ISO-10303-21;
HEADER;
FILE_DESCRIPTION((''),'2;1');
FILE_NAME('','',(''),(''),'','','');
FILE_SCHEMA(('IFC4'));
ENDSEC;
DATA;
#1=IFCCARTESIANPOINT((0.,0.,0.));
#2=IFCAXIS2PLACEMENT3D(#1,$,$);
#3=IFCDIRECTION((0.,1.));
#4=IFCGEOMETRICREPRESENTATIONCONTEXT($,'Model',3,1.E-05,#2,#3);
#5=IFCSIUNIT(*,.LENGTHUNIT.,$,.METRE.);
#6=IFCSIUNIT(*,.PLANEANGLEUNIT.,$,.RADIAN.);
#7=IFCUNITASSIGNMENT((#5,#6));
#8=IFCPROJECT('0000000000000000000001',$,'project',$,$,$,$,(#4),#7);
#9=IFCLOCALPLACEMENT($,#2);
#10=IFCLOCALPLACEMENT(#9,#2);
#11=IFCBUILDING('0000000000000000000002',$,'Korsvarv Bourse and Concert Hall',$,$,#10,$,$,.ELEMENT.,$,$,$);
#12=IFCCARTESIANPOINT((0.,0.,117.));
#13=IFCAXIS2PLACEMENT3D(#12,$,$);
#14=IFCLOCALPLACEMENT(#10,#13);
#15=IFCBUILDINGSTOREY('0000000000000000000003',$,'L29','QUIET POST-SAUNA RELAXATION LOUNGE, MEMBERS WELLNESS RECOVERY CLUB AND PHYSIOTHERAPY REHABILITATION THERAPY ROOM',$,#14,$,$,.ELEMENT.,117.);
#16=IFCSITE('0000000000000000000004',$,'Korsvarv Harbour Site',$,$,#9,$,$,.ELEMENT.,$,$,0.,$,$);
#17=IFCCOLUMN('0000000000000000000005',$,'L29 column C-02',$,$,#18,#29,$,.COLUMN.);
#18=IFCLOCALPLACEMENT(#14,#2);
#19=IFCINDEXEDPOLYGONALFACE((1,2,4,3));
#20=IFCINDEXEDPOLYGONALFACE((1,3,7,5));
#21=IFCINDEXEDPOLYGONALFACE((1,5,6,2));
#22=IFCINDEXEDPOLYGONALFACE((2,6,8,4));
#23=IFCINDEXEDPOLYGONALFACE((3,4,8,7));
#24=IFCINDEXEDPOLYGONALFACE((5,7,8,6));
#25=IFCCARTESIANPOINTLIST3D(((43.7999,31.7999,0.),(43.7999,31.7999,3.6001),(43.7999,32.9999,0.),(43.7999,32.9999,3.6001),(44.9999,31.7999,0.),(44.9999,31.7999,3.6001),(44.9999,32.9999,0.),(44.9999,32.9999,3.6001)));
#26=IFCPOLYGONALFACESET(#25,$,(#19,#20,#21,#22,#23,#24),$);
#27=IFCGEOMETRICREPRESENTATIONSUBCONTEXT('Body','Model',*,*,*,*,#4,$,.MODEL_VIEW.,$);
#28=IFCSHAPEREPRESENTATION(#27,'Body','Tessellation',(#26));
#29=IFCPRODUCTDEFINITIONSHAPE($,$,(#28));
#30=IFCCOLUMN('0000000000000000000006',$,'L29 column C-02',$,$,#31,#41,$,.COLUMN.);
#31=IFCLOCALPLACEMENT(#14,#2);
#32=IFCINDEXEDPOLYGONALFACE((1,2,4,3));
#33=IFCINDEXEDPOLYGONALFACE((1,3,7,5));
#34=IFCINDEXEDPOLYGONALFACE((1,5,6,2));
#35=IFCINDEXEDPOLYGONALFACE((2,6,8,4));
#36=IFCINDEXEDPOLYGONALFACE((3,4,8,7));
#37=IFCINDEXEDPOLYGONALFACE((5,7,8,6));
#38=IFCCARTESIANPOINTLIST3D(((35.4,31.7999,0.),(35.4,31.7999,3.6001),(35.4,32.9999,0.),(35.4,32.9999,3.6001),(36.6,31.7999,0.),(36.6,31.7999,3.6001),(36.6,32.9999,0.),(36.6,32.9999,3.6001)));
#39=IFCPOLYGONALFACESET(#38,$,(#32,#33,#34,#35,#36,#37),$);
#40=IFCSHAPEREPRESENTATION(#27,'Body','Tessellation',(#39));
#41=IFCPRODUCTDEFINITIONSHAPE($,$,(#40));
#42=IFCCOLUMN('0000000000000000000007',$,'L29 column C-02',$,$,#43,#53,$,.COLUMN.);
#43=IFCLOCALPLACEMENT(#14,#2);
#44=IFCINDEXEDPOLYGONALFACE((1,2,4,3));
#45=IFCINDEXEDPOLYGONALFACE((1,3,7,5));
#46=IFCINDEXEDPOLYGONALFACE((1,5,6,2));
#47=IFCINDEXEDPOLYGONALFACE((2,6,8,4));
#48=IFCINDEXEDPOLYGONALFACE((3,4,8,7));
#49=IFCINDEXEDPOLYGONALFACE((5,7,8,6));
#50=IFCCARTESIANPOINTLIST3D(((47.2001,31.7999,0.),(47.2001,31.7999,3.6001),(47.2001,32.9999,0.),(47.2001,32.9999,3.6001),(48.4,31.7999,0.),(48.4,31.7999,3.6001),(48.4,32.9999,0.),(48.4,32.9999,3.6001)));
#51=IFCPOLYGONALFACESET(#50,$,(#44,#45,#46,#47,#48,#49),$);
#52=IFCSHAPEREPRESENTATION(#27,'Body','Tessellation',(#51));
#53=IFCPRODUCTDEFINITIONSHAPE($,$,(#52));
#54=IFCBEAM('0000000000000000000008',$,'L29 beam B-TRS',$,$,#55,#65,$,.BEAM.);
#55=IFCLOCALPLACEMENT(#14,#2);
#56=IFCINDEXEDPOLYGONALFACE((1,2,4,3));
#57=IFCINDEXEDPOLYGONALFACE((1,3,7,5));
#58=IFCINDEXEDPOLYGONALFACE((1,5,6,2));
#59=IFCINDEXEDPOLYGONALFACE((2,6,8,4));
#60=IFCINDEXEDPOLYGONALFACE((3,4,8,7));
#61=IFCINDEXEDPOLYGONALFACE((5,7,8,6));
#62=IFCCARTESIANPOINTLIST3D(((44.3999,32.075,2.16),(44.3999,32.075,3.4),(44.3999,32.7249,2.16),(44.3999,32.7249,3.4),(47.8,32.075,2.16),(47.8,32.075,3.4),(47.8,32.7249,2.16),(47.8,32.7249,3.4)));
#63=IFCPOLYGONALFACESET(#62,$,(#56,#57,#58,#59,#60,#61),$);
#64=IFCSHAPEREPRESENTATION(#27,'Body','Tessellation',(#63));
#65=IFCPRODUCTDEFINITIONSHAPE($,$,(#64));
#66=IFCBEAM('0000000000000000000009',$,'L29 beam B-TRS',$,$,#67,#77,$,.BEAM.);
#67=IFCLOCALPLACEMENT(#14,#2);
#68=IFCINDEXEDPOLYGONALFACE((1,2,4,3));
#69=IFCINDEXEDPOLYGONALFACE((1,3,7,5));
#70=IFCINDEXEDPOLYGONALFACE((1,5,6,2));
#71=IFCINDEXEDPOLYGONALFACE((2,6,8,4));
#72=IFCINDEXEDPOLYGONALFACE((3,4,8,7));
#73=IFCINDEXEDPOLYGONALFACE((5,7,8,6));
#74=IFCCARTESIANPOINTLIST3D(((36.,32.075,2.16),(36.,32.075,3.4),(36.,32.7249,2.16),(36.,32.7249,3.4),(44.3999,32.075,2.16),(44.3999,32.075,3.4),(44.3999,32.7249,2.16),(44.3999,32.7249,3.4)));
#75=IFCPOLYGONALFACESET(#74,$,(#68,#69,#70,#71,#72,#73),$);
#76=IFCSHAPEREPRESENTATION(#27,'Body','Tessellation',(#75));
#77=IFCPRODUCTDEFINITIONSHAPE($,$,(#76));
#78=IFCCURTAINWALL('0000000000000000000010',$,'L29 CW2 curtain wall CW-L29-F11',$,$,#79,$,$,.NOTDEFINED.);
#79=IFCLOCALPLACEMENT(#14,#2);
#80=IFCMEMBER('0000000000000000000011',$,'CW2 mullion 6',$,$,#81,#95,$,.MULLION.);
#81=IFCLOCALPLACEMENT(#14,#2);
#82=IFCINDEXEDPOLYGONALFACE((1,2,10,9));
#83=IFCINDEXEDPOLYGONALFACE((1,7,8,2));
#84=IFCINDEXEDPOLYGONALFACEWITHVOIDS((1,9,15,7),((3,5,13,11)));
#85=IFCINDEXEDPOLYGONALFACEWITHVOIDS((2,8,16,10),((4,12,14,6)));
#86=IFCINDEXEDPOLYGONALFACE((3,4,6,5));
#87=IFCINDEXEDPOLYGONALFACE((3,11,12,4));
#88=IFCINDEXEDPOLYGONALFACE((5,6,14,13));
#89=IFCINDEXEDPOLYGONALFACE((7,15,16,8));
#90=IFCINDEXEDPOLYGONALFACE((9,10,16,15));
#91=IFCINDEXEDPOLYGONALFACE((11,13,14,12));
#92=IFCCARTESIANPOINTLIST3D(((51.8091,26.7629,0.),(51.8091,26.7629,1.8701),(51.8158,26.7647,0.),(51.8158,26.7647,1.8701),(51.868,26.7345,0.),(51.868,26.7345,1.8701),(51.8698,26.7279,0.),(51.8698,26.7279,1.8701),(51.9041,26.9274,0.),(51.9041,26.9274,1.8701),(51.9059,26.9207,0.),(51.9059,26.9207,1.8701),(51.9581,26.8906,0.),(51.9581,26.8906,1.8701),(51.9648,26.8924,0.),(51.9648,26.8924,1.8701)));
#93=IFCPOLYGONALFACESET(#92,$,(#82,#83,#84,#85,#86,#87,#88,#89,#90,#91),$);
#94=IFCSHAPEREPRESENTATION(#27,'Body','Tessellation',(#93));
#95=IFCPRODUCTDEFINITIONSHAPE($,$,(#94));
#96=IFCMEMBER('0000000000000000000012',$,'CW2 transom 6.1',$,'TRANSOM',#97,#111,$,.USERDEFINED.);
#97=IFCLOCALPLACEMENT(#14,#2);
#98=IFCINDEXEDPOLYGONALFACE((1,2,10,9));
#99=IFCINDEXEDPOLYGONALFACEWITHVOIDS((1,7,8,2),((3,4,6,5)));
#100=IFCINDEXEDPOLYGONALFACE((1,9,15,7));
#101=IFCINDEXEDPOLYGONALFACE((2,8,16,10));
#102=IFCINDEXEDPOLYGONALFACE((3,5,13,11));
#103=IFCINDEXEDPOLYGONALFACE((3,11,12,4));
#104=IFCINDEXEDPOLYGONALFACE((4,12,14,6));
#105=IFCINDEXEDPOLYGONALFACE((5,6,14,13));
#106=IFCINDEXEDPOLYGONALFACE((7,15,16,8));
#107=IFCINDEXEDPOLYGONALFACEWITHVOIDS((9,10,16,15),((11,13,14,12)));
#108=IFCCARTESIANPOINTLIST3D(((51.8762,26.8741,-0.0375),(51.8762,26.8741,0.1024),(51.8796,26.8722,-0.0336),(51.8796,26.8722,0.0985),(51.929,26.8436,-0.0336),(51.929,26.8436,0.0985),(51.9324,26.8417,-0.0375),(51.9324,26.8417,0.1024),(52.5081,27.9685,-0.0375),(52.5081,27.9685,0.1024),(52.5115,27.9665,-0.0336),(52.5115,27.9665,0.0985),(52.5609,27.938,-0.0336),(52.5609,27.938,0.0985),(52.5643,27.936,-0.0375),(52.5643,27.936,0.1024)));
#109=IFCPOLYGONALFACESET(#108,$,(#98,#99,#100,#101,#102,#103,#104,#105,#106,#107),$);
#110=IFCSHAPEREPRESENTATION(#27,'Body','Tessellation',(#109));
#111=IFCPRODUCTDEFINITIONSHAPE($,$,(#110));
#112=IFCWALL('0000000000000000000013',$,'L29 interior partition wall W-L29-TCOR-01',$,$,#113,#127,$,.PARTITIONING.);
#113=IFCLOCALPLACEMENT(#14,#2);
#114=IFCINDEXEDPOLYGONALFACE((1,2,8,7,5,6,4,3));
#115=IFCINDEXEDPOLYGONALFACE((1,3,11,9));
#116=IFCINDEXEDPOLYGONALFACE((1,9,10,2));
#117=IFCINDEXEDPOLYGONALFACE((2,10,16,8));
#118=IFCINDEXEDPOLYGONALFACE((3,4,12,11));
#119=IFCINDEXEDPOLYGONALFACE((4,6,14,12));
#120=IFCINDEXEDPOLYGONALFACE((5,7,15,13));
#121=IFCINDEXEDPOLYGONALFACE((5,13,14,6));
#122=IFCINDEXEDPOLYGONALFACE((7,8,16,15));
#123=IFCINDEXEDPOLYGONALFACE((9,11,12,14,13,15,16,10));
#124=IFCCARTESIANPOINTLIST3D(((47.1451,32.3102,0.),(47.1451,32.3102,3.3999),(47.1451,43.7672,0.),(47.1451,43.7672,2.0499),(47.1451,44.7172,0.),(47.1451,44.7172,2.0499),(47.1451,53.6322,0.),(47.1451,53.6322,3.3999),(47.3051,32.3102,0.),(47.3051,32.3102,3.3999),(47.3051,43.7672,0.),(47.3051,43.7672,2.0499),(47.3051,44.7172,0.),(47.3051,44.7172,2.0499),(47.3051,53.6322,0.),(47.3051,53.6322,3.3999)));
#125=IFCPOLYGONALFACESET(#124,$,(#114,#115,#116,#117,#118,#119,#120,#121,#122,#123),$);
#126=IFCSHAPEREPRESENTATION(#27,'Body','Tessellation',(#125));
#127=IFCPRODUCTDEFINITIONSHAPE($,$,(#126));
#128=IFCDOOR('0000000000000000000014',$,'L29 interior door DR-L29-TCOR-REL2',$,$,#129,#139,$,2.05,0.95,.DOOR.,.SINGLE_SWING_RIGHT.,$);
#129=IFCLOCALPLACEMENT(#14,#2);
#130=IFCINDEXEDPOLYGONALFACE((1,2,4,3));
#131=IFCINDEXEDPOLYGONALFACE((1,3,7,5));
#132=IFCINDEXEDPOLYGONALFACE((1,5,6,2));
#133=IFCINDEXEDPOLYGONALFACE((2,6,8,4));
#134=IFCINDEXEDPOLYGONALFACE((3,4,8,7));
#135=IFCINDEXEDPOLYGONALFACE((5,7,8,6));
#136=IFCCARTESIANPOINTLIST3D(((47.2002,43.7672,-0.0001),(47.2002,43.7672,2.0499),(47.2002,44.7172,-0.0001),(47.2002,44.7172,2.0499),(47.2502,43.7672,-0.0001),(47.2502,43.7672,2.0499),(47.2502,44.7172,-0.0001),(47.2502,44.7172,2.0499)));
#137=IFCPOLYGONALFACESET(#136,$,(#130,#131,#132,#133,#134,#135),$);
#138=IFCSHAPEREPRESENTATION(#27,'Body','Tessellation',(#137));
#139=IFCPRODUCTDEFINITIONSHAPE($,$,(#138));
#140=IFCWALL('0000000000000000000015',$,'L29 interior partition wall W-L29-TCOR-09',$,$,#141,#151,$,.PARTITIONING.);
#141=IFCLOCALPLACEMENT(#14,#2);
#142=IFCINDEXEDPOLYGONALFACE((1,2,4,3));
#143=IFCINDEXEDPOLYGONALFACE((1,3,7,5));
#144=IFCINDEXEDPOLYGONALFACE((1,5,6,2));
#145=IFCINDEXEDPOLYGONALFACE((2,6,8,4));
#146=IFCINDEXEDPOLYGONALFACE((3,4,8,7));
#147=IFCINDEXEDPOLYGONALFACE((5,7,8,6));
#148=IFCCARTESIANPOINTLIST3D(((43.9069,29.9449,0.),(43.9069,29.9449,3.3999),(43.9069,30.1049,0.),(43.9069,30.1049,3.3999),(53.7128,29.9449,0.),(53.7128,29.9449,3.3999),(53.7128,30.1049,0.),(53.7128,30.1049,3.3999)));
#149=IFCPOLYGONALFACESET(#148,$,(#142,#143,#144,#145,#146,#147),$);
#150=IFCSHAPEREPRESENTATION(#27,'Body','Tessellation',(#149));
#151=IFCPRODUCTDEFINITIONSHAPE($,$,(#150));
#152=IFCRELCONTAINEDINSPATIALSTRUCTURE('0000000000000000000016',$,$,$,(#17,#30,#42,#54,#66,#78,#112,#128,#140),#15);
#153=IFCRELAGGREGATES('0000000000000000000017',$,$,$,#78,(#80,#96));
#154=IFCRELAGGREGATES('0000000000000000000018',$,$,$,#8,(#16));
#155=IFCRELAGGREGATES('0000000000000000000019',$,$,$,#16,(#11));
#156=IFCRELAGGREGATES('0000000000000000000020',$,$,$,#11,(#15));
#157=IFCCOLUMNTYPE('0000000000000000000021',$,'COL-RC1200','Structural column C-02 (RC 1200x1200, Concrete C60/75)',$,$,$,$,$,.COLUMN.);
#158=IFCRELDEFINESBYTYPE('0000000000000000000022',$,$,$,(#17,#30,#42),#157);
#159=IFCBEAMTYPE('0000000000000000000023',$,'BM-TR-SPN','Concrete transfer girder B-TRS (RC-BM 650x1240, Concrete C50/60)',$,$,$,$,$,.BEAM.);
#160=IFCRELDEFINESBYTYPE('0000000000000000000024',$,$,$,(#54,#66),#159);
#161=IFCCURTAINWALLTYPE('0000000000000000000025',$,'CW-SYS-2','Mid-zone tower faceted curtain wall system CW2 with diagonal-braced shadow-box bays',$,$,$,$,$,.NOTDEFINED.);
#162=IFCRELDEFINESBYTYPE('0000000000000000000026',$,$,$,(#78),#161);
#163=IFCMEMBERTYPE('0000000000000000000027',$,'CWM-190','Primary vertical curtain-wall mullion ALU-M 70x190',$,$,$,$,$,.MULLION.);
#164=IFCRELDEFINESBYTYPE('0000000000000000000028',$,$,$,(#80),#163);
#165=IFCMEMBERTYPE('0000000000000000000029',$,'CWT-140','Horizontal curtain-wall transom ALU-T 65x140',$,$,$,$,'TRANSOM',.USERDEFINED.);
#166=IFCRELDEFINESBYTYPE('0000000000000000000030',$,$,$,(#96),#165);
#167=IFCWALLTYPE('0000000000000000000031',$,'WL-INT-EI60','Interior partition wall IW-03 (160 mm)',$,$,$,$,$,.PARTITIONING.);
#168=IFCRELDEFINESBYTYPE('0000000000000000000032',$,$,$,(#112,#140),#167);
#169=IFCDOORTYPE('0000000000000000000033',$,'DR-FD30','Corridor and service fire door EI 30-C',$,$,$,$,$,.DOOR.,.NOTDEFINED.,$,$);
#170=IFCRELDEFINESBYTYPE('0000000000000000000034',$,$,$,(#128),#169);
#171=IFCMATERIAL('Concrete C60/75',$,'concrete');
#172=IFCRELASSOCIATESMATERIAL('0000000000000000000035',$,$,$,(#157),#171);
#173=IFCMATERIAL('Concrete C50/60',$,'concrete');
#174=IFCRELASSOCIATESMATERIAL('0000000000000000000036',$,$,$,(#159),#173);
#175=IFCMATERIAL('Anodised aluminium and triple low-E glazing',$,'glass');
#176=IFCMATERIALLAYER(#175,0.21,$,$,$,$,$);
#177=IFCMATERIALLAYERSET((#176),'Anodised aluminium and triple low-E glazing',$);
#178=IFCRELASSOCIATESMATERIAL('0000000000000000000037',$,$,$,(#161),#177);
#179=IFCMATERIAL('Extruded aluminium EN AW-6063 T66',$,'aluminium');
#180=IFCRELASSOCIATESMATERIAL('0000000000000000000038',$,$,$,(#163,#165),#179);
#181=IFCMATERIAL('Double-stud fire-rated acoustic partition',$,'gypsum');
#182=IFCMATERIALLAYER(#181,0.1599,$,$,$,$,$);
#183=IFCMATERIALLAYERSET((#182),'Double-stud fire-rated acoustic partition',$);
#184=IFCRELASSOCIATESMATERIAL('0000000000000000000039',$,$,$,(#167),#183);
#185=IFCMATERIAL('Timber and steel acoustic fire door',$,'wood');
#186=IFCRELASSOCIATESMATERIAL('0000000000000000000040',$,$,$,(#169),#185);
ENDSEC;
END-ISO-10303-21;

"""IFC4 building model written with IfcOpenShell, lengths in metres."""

from ifc_helpers import new_model, si_unit, direction, frame, frame_2d, origin, origin_2d, place, context, subcontext, project, spatial, rectangle, hollow_rectangle, extrude, source, transform, mapped, material, layer, layer_set, material_profile, profile_set, type_object, element, fill, aggregate, save


model = new_model("IFC4")

# Units and contexts
model_context = context("Model", 3, precision=1e-05, world=origin(), true_north=direction((0.0, 1.0)))
body_context = subcontext(model_context, "Body", "Model", "MODEL_VIEW")
ifc_project = project(units=[si_unit("LENGTHUNIT", "METRE"), si_unit("PLANEANGLEUNIT", "RADIAN")], contexts=[model_context])

# Site, building, storey
site_placement = place(None, origin())
site = spatial("IfcSite", under=ifc_project, at=site_placement, Name="Korsvarv Harbour Site", CompositionType="ELEMENT", RefElevation=0.0)
building_placement = place(site_placement, origin())
building = spatial("IfcBuilding", under=site, at=building_placement, Name="Korsvarv Bourse and Concert Hall", CompositionType="ELEMENT")
storey_placement = place(building_placement, frame((0.0, 0.0, 117.0)))
storey = spatial("IfcBuildingStorey", under=building, at=storey_placement, Name="L29", Description="QUIET POST-SAUNA RELAXATION LOUNGE, MEMBERS WELLNESS RECOVERY CLUB AND PHYSIOTHERAPY REHABILITATION THERAPY ROOM", CompositionType="ELEMENT", Elevation=117.0)

# Columns
ifc_material_1 = material(Name="Concrete C60/75", Category="concrete")
ifc_material_profile_1 = material_profile(ifc_material_1, rectangle(XDim=1.2, YDim=1.2, at=origin_2d()), Name="RC 1200x1200")
ifc_profile_set_1 = profile_set([ifc_material_profile_1], Name="Concrete C60/75")
column_type = type_object("IfcColumnType", Name="COL-RC1200", Description="Structural column C-02 (RC 1200x1200, Concrete C60/75)", PredefinedType="COLUMN", material=ifc_profile_set_1)
shared_shape_1 = source(origin(), body_context, "Body", "SweptSolid", [
    extrude(rectangle(XDim=1.2, YDim=1.2, at=origin_2d()), origin(), (0.0, 0.0, 1.0), 3.6001),
])
for number, where, z_axis, x_axis, name in (
    (1, (44.3999, 32.3999, 0.0), (0.0, 0.0, 1.0), (1.0, 0.0, 0.0), "L29 column C-02"),
    (2, (36.0, 32.3999, 0.0), (0.0, 0.0, 1.0), (1.0, 0.0, 0.0), "L29 column C-02"),
    (3, (47.8, 32.3999, 0.0), (0.0, 0.0, 1.0), (1.0, 0.0, 0.0), "L29 column C-02"),
):
    element("IfcColumn", number, at=place(storey_placement, frame(where, z_axis=z_axis, x_axis=x_axis)), inside=storey, type_object=column_type, Name=name, PredefinedType="COLUMN", context=body_context, shape_type="MappedRepresentation", body=[
        mapped(shared_shape_1, transform((0.0, 0.0, 0.0), scale=1.0)),
    ])

# Beams
ifc_material_2 = material(Name="Concrete C50/60", Category="concrete")
ifc_material_profile_2 = material_profile(ifc_material_2, rectangle(XDim=0.6499, YDim=1.24, at=origin_2d()), Name="RC-BM 650x1240")
ifc_profile_set_2 = profile_set([ifc_material_profile_2], Name="Concrete C50/60")
beam_type = type_object("IfcBeamType", Name="BM-TR-SPN", Description="Concrete transfer girder B-TRS (RC-BM 650x1240, Concrete C50/60)", PredefinedType="BEAM", material=ifc_profile_set_2)
shared_shape_2 = source(origin(), body_context, "Body", "SweptSolid", [
    extrude(rectangle(XDim=0.6499, YDim=1.24, at=origin_2d()), origin(), (0.0, 0.0, 1.0), 3.4001),
])
beam_1_placement = place(storey_placement, frame((44.3999, 32.3999, 2.78), z_axis=(1.0, 0.0, 0.0), x_axis=(0.0, 1.0, 0.0)))
element("IfcBeam", 4, at=beam_1_placement, inside=storey, type_object=beam_type, Name="L29 beam B-TRS", PredefinedType="BEAM", context=body_context, shape_type="MappedRepresentation", body=[
    mapped(shared_shape_2, transform((0.0, 0.0, 0.0), scale=1.0)),
])
shared_shape_3 = source(origin(), body_context, "Body", "SweptSolid", [
    extrude(rectangle(XDim=0.6499, YDim=1.24, at=origin_2d()), origin(), (0.0, 0.0, 1.0), 8.3999),
])
beam_2_placement = place(storey_placement, frame((36.0, 32.3999, 2.78), z_axis=(1.0, 0.0, 0.0), x_axis=(0.0, 1.0, 0.0)))
element("IfcBeam", 5, at=beam_2_placement, inside=storey, type_object=beam_type, Name="L29 beam B-TRS", PredefinedType="BEAM", context=body_context, shape_type="MappedRepresentation", body=[
    mapped(shared_shape_3, transform((0.0, 0.0, 0.0), scale=1.0)),
])

# Curtain wall, members
ifc_material_3 = material(Name="Anodised aluminium and triple low-E glazing", Category="glass")
ifc_layer_1 = layer(ifc_material_3, 0.21)
ifc_layer_set_1 = layer_set([ifc_layer_1], Name="Anodised aluminium and triple low-E glazing")
curtain_wall_type = type_object("IfcCurtainWallType", Name="CW-SYS-2", Description="Mid-zone tower faceted curtain wall system CW2 with diagonal-braced shadow-box bays", PredefinedType="NOTDEFINED", material=ifc_layer_set_1)
curtain_wall_placement = place(storey_placement, origin())
curtain_wall = element("IfcCurtainWall", 6, at=curtain_wall_placement, inside=storey, type_object=curtain_wall_type, Name="L29 CW2 curtain wall CW-L29-F11", PredefinedType="NOTDEFINED")
ifc_material_4 = material(Name="Extruded aluminium EN AW-6063 T66", Category="aluminium")
ifc_material_profile_3 = material_profile(ifc_material_4, hollow_rectangle(XDim=0.0701, YDim=0.1899, WallThickness=0.0049, at=origin_2d()), Name="ALU-M 70x190")
ifc_profile_set_3 = profile_set([ifc_material_profile_3], Name="Extruded aluminium EN AW-6063 T66")
member_type_1 = type_object("IfcMemberType", Name="CWM-190", Description="Primary vertical curtain-wall mullion ALU-M 70x190", PredefinedType="MULLION", material=ifc_profile_set_3)
shared_shape_4 = source(origin(), body_context, "Body", "SweptSolid", [
    extrude(hollow_rectangle(XDim=0.0701, YDim=0.1899, WallThickness=0.0049, at=origin_2d()), origin(), (0.0, 0.0, 1.0), 1.8701),
])
member_1_placement = place(storey_placement, frame((51.887, 26.8276, 0.0), z_axis=(0.0, 0.0, 1.0), x_axis=(-0.866022, 0.500006, 0.0)))
member_1 = element("IfcMember", 7, at=member_1_placement, type_object=member_type_1, Name="CW2 mullion 6", PredefinedType="MULLION", context=body_context, shape_type="MappedRepresentation", body=[
    mapped(shared_shape_4, transform((0.0, 0.0, 0.0), scale=1.0)),
])
ifc_material_profile_4 = material_profile(ifc_material_4, hollow_rectangle(XDim=0.0649, YDim=0.1399, WallThickness=0.0039, at=origin_2d()), Name="ALU-T 65x140")
ifc_profile_set_4 = profile_set([ifc_material_profile_4], Name="Extruded aluminium EN AW-6063 T66")
member_type_2 = type_object("IfcMemberType", Name="CWT-140", Description="Horizontal curtain-wall transom ALU-T 65x140", ElementType="TRANSOM", PredefinedType="USERDEFINED", material=ifc_profile_set_4)
shared_shape_5 = source(origin(), body_context, "Body", "SweptSolid", [
    extrude(hollow_rectangle(XDim=0.0649, YDim=0.1399, WallThickness=0.0039, at=origin_2d()), origin(), (0.0, 0.0, 1.0), 1.2637),
])
member_2_placement = place(storey_placement, frame((51.9043, 26.8579, 0.0325), z_axis=(0.500046, 0.865999, 0.0), x_axis=(-0.865999, 0.500046, 0.0)))
member_2 = element("IfcMember", 8, at=member_2_placement, type_object=member_type_2, Name="CW2 transom 6.1", ObjectType="TRANSOM", PredefinedType="USERDEFINED", context=body_context, shape_type="MappedRepresentation", body=[
    mapped(shared_shape_5, transform((0.0, 0.0, 0.0), scale=1.0)),
])
aggregate(curtain_wall, [member_1, member_2])

# Wall, opening, door
ifc_material_5 = material(Name="Double-stud fire-rated acoustic partition", Category="gypsum")
ifc_layer_2 = layer(ifc_material_5, 0.1599)
ifc_layer_set_2 = layer_set([ifc_layer_2], Name="Double-stud fire-rated acoustic partition")
wall_type_1 = type_object("IfcWallType", Name="WL-INT-EI60", Description="Interior partition wall IW-03 (160 mm)", PredefinedType="PARTITIONING", material=ifc_layer_set_2)
wall_1_placement = place(storey_placement, frame((47.2251, 32.3101, 0.0), z_axis=(0.0, 0.0, 1.0), x_axis=(0.0, 1.0, 0.0)))
wall_1 = element("IfcWall", 9, at=wall_1_placement, inside=storey, type_object=wall_type_1, Name="L29 interior partition wall W-L29-TCOR-01", PredefinedType="PARTITIONING", context=body_context, shape_type="SweptSolid", body=[
    extrude(rectangle(XDim=21.322, YDim=0.1599, at=frame_2d((10.6611, 0.0))), origin(), (0.0, 0.0, 1.0), 3.3999),
])
opening_1_placement = place(wall_1_placement, frame((11.457, 0.0, 0.0)))
opening_1 = element("IfcOpeningElement", 10, at=opening_1_placement, cuts=wall_1, PredefinedType="OPENING", context=body_context, shape_type="SweptSolid", body=[
    extrude(rectangle(XDim=0.95, YDim=2.05, at=frame_2d((0.4751, 1.0249))), frame((0.0, 0.0898, 0.0), z_axis=(0.0, -1.0, 0.0), x_axis=(1.0, 0.0, 0.0)), (0.0, 0.0, 1.0), 0.1799),
])
ifc_material_6 = material(Name="Timber and steel acoustic fire door", Category="wood")
door_type = type_object("IfcDoorType", Name="DR-FD30", Description="Corridor and service fire door EI 30-C", OperationType="NOTDEFINED", PredefinedType="DOOR", material=ifc_material_6)
door_1_placement = place(opening_1_placement, origin())
door_1 = element("IfcDoor", 11, at=door_1_placement, inside=storey, type_object=door_type, Name="L29 interior door DR-L29-TCOR-REL2", OperationType="SINGLE_SWING_RIGHT", OverallHeight=2.05, OverallWidth=0.95, PredefinedType="DOOR", context=body_context, shape_type="SweptSolid", body=[
    extrude(rectangle(XDim=0.95, YDim=2.05, at=frame_2d((0.4751, 1.0249))), frame((0.0, 0.0249, 0.0), z_axis=(0.0, -1.0, 0.0), x_axis=(1.0, 0.0, 0.0)), (0.0, 0.0, 1.0), 0.05),
])
fill(opening_1, door_1)

# Wall
wall_2_placement = place(storey_placement, frame((43.907, 30.0249, 0.0), z_axis=(0.0, 0.0, 1.0), x_axis=(1.0, 0.0, 0.0)))
element("IfcWall", 12, at=wall_2_placement, inside=storey, type_object=wall_type_1, Name="L29 interior partition wall W-L29-TCOR-09", PredefinedType="PARTITIONING", context=body_context, shape_type="SweptSolid", body=[
    extrude(rectangle(XDim=9.8059, YDim=0.1599, at=frame_2d((4.9028, 0.0))), origin(), (0.0, 0.0, 1.0), 3.3999),
])

save(model, "model.ifc")
